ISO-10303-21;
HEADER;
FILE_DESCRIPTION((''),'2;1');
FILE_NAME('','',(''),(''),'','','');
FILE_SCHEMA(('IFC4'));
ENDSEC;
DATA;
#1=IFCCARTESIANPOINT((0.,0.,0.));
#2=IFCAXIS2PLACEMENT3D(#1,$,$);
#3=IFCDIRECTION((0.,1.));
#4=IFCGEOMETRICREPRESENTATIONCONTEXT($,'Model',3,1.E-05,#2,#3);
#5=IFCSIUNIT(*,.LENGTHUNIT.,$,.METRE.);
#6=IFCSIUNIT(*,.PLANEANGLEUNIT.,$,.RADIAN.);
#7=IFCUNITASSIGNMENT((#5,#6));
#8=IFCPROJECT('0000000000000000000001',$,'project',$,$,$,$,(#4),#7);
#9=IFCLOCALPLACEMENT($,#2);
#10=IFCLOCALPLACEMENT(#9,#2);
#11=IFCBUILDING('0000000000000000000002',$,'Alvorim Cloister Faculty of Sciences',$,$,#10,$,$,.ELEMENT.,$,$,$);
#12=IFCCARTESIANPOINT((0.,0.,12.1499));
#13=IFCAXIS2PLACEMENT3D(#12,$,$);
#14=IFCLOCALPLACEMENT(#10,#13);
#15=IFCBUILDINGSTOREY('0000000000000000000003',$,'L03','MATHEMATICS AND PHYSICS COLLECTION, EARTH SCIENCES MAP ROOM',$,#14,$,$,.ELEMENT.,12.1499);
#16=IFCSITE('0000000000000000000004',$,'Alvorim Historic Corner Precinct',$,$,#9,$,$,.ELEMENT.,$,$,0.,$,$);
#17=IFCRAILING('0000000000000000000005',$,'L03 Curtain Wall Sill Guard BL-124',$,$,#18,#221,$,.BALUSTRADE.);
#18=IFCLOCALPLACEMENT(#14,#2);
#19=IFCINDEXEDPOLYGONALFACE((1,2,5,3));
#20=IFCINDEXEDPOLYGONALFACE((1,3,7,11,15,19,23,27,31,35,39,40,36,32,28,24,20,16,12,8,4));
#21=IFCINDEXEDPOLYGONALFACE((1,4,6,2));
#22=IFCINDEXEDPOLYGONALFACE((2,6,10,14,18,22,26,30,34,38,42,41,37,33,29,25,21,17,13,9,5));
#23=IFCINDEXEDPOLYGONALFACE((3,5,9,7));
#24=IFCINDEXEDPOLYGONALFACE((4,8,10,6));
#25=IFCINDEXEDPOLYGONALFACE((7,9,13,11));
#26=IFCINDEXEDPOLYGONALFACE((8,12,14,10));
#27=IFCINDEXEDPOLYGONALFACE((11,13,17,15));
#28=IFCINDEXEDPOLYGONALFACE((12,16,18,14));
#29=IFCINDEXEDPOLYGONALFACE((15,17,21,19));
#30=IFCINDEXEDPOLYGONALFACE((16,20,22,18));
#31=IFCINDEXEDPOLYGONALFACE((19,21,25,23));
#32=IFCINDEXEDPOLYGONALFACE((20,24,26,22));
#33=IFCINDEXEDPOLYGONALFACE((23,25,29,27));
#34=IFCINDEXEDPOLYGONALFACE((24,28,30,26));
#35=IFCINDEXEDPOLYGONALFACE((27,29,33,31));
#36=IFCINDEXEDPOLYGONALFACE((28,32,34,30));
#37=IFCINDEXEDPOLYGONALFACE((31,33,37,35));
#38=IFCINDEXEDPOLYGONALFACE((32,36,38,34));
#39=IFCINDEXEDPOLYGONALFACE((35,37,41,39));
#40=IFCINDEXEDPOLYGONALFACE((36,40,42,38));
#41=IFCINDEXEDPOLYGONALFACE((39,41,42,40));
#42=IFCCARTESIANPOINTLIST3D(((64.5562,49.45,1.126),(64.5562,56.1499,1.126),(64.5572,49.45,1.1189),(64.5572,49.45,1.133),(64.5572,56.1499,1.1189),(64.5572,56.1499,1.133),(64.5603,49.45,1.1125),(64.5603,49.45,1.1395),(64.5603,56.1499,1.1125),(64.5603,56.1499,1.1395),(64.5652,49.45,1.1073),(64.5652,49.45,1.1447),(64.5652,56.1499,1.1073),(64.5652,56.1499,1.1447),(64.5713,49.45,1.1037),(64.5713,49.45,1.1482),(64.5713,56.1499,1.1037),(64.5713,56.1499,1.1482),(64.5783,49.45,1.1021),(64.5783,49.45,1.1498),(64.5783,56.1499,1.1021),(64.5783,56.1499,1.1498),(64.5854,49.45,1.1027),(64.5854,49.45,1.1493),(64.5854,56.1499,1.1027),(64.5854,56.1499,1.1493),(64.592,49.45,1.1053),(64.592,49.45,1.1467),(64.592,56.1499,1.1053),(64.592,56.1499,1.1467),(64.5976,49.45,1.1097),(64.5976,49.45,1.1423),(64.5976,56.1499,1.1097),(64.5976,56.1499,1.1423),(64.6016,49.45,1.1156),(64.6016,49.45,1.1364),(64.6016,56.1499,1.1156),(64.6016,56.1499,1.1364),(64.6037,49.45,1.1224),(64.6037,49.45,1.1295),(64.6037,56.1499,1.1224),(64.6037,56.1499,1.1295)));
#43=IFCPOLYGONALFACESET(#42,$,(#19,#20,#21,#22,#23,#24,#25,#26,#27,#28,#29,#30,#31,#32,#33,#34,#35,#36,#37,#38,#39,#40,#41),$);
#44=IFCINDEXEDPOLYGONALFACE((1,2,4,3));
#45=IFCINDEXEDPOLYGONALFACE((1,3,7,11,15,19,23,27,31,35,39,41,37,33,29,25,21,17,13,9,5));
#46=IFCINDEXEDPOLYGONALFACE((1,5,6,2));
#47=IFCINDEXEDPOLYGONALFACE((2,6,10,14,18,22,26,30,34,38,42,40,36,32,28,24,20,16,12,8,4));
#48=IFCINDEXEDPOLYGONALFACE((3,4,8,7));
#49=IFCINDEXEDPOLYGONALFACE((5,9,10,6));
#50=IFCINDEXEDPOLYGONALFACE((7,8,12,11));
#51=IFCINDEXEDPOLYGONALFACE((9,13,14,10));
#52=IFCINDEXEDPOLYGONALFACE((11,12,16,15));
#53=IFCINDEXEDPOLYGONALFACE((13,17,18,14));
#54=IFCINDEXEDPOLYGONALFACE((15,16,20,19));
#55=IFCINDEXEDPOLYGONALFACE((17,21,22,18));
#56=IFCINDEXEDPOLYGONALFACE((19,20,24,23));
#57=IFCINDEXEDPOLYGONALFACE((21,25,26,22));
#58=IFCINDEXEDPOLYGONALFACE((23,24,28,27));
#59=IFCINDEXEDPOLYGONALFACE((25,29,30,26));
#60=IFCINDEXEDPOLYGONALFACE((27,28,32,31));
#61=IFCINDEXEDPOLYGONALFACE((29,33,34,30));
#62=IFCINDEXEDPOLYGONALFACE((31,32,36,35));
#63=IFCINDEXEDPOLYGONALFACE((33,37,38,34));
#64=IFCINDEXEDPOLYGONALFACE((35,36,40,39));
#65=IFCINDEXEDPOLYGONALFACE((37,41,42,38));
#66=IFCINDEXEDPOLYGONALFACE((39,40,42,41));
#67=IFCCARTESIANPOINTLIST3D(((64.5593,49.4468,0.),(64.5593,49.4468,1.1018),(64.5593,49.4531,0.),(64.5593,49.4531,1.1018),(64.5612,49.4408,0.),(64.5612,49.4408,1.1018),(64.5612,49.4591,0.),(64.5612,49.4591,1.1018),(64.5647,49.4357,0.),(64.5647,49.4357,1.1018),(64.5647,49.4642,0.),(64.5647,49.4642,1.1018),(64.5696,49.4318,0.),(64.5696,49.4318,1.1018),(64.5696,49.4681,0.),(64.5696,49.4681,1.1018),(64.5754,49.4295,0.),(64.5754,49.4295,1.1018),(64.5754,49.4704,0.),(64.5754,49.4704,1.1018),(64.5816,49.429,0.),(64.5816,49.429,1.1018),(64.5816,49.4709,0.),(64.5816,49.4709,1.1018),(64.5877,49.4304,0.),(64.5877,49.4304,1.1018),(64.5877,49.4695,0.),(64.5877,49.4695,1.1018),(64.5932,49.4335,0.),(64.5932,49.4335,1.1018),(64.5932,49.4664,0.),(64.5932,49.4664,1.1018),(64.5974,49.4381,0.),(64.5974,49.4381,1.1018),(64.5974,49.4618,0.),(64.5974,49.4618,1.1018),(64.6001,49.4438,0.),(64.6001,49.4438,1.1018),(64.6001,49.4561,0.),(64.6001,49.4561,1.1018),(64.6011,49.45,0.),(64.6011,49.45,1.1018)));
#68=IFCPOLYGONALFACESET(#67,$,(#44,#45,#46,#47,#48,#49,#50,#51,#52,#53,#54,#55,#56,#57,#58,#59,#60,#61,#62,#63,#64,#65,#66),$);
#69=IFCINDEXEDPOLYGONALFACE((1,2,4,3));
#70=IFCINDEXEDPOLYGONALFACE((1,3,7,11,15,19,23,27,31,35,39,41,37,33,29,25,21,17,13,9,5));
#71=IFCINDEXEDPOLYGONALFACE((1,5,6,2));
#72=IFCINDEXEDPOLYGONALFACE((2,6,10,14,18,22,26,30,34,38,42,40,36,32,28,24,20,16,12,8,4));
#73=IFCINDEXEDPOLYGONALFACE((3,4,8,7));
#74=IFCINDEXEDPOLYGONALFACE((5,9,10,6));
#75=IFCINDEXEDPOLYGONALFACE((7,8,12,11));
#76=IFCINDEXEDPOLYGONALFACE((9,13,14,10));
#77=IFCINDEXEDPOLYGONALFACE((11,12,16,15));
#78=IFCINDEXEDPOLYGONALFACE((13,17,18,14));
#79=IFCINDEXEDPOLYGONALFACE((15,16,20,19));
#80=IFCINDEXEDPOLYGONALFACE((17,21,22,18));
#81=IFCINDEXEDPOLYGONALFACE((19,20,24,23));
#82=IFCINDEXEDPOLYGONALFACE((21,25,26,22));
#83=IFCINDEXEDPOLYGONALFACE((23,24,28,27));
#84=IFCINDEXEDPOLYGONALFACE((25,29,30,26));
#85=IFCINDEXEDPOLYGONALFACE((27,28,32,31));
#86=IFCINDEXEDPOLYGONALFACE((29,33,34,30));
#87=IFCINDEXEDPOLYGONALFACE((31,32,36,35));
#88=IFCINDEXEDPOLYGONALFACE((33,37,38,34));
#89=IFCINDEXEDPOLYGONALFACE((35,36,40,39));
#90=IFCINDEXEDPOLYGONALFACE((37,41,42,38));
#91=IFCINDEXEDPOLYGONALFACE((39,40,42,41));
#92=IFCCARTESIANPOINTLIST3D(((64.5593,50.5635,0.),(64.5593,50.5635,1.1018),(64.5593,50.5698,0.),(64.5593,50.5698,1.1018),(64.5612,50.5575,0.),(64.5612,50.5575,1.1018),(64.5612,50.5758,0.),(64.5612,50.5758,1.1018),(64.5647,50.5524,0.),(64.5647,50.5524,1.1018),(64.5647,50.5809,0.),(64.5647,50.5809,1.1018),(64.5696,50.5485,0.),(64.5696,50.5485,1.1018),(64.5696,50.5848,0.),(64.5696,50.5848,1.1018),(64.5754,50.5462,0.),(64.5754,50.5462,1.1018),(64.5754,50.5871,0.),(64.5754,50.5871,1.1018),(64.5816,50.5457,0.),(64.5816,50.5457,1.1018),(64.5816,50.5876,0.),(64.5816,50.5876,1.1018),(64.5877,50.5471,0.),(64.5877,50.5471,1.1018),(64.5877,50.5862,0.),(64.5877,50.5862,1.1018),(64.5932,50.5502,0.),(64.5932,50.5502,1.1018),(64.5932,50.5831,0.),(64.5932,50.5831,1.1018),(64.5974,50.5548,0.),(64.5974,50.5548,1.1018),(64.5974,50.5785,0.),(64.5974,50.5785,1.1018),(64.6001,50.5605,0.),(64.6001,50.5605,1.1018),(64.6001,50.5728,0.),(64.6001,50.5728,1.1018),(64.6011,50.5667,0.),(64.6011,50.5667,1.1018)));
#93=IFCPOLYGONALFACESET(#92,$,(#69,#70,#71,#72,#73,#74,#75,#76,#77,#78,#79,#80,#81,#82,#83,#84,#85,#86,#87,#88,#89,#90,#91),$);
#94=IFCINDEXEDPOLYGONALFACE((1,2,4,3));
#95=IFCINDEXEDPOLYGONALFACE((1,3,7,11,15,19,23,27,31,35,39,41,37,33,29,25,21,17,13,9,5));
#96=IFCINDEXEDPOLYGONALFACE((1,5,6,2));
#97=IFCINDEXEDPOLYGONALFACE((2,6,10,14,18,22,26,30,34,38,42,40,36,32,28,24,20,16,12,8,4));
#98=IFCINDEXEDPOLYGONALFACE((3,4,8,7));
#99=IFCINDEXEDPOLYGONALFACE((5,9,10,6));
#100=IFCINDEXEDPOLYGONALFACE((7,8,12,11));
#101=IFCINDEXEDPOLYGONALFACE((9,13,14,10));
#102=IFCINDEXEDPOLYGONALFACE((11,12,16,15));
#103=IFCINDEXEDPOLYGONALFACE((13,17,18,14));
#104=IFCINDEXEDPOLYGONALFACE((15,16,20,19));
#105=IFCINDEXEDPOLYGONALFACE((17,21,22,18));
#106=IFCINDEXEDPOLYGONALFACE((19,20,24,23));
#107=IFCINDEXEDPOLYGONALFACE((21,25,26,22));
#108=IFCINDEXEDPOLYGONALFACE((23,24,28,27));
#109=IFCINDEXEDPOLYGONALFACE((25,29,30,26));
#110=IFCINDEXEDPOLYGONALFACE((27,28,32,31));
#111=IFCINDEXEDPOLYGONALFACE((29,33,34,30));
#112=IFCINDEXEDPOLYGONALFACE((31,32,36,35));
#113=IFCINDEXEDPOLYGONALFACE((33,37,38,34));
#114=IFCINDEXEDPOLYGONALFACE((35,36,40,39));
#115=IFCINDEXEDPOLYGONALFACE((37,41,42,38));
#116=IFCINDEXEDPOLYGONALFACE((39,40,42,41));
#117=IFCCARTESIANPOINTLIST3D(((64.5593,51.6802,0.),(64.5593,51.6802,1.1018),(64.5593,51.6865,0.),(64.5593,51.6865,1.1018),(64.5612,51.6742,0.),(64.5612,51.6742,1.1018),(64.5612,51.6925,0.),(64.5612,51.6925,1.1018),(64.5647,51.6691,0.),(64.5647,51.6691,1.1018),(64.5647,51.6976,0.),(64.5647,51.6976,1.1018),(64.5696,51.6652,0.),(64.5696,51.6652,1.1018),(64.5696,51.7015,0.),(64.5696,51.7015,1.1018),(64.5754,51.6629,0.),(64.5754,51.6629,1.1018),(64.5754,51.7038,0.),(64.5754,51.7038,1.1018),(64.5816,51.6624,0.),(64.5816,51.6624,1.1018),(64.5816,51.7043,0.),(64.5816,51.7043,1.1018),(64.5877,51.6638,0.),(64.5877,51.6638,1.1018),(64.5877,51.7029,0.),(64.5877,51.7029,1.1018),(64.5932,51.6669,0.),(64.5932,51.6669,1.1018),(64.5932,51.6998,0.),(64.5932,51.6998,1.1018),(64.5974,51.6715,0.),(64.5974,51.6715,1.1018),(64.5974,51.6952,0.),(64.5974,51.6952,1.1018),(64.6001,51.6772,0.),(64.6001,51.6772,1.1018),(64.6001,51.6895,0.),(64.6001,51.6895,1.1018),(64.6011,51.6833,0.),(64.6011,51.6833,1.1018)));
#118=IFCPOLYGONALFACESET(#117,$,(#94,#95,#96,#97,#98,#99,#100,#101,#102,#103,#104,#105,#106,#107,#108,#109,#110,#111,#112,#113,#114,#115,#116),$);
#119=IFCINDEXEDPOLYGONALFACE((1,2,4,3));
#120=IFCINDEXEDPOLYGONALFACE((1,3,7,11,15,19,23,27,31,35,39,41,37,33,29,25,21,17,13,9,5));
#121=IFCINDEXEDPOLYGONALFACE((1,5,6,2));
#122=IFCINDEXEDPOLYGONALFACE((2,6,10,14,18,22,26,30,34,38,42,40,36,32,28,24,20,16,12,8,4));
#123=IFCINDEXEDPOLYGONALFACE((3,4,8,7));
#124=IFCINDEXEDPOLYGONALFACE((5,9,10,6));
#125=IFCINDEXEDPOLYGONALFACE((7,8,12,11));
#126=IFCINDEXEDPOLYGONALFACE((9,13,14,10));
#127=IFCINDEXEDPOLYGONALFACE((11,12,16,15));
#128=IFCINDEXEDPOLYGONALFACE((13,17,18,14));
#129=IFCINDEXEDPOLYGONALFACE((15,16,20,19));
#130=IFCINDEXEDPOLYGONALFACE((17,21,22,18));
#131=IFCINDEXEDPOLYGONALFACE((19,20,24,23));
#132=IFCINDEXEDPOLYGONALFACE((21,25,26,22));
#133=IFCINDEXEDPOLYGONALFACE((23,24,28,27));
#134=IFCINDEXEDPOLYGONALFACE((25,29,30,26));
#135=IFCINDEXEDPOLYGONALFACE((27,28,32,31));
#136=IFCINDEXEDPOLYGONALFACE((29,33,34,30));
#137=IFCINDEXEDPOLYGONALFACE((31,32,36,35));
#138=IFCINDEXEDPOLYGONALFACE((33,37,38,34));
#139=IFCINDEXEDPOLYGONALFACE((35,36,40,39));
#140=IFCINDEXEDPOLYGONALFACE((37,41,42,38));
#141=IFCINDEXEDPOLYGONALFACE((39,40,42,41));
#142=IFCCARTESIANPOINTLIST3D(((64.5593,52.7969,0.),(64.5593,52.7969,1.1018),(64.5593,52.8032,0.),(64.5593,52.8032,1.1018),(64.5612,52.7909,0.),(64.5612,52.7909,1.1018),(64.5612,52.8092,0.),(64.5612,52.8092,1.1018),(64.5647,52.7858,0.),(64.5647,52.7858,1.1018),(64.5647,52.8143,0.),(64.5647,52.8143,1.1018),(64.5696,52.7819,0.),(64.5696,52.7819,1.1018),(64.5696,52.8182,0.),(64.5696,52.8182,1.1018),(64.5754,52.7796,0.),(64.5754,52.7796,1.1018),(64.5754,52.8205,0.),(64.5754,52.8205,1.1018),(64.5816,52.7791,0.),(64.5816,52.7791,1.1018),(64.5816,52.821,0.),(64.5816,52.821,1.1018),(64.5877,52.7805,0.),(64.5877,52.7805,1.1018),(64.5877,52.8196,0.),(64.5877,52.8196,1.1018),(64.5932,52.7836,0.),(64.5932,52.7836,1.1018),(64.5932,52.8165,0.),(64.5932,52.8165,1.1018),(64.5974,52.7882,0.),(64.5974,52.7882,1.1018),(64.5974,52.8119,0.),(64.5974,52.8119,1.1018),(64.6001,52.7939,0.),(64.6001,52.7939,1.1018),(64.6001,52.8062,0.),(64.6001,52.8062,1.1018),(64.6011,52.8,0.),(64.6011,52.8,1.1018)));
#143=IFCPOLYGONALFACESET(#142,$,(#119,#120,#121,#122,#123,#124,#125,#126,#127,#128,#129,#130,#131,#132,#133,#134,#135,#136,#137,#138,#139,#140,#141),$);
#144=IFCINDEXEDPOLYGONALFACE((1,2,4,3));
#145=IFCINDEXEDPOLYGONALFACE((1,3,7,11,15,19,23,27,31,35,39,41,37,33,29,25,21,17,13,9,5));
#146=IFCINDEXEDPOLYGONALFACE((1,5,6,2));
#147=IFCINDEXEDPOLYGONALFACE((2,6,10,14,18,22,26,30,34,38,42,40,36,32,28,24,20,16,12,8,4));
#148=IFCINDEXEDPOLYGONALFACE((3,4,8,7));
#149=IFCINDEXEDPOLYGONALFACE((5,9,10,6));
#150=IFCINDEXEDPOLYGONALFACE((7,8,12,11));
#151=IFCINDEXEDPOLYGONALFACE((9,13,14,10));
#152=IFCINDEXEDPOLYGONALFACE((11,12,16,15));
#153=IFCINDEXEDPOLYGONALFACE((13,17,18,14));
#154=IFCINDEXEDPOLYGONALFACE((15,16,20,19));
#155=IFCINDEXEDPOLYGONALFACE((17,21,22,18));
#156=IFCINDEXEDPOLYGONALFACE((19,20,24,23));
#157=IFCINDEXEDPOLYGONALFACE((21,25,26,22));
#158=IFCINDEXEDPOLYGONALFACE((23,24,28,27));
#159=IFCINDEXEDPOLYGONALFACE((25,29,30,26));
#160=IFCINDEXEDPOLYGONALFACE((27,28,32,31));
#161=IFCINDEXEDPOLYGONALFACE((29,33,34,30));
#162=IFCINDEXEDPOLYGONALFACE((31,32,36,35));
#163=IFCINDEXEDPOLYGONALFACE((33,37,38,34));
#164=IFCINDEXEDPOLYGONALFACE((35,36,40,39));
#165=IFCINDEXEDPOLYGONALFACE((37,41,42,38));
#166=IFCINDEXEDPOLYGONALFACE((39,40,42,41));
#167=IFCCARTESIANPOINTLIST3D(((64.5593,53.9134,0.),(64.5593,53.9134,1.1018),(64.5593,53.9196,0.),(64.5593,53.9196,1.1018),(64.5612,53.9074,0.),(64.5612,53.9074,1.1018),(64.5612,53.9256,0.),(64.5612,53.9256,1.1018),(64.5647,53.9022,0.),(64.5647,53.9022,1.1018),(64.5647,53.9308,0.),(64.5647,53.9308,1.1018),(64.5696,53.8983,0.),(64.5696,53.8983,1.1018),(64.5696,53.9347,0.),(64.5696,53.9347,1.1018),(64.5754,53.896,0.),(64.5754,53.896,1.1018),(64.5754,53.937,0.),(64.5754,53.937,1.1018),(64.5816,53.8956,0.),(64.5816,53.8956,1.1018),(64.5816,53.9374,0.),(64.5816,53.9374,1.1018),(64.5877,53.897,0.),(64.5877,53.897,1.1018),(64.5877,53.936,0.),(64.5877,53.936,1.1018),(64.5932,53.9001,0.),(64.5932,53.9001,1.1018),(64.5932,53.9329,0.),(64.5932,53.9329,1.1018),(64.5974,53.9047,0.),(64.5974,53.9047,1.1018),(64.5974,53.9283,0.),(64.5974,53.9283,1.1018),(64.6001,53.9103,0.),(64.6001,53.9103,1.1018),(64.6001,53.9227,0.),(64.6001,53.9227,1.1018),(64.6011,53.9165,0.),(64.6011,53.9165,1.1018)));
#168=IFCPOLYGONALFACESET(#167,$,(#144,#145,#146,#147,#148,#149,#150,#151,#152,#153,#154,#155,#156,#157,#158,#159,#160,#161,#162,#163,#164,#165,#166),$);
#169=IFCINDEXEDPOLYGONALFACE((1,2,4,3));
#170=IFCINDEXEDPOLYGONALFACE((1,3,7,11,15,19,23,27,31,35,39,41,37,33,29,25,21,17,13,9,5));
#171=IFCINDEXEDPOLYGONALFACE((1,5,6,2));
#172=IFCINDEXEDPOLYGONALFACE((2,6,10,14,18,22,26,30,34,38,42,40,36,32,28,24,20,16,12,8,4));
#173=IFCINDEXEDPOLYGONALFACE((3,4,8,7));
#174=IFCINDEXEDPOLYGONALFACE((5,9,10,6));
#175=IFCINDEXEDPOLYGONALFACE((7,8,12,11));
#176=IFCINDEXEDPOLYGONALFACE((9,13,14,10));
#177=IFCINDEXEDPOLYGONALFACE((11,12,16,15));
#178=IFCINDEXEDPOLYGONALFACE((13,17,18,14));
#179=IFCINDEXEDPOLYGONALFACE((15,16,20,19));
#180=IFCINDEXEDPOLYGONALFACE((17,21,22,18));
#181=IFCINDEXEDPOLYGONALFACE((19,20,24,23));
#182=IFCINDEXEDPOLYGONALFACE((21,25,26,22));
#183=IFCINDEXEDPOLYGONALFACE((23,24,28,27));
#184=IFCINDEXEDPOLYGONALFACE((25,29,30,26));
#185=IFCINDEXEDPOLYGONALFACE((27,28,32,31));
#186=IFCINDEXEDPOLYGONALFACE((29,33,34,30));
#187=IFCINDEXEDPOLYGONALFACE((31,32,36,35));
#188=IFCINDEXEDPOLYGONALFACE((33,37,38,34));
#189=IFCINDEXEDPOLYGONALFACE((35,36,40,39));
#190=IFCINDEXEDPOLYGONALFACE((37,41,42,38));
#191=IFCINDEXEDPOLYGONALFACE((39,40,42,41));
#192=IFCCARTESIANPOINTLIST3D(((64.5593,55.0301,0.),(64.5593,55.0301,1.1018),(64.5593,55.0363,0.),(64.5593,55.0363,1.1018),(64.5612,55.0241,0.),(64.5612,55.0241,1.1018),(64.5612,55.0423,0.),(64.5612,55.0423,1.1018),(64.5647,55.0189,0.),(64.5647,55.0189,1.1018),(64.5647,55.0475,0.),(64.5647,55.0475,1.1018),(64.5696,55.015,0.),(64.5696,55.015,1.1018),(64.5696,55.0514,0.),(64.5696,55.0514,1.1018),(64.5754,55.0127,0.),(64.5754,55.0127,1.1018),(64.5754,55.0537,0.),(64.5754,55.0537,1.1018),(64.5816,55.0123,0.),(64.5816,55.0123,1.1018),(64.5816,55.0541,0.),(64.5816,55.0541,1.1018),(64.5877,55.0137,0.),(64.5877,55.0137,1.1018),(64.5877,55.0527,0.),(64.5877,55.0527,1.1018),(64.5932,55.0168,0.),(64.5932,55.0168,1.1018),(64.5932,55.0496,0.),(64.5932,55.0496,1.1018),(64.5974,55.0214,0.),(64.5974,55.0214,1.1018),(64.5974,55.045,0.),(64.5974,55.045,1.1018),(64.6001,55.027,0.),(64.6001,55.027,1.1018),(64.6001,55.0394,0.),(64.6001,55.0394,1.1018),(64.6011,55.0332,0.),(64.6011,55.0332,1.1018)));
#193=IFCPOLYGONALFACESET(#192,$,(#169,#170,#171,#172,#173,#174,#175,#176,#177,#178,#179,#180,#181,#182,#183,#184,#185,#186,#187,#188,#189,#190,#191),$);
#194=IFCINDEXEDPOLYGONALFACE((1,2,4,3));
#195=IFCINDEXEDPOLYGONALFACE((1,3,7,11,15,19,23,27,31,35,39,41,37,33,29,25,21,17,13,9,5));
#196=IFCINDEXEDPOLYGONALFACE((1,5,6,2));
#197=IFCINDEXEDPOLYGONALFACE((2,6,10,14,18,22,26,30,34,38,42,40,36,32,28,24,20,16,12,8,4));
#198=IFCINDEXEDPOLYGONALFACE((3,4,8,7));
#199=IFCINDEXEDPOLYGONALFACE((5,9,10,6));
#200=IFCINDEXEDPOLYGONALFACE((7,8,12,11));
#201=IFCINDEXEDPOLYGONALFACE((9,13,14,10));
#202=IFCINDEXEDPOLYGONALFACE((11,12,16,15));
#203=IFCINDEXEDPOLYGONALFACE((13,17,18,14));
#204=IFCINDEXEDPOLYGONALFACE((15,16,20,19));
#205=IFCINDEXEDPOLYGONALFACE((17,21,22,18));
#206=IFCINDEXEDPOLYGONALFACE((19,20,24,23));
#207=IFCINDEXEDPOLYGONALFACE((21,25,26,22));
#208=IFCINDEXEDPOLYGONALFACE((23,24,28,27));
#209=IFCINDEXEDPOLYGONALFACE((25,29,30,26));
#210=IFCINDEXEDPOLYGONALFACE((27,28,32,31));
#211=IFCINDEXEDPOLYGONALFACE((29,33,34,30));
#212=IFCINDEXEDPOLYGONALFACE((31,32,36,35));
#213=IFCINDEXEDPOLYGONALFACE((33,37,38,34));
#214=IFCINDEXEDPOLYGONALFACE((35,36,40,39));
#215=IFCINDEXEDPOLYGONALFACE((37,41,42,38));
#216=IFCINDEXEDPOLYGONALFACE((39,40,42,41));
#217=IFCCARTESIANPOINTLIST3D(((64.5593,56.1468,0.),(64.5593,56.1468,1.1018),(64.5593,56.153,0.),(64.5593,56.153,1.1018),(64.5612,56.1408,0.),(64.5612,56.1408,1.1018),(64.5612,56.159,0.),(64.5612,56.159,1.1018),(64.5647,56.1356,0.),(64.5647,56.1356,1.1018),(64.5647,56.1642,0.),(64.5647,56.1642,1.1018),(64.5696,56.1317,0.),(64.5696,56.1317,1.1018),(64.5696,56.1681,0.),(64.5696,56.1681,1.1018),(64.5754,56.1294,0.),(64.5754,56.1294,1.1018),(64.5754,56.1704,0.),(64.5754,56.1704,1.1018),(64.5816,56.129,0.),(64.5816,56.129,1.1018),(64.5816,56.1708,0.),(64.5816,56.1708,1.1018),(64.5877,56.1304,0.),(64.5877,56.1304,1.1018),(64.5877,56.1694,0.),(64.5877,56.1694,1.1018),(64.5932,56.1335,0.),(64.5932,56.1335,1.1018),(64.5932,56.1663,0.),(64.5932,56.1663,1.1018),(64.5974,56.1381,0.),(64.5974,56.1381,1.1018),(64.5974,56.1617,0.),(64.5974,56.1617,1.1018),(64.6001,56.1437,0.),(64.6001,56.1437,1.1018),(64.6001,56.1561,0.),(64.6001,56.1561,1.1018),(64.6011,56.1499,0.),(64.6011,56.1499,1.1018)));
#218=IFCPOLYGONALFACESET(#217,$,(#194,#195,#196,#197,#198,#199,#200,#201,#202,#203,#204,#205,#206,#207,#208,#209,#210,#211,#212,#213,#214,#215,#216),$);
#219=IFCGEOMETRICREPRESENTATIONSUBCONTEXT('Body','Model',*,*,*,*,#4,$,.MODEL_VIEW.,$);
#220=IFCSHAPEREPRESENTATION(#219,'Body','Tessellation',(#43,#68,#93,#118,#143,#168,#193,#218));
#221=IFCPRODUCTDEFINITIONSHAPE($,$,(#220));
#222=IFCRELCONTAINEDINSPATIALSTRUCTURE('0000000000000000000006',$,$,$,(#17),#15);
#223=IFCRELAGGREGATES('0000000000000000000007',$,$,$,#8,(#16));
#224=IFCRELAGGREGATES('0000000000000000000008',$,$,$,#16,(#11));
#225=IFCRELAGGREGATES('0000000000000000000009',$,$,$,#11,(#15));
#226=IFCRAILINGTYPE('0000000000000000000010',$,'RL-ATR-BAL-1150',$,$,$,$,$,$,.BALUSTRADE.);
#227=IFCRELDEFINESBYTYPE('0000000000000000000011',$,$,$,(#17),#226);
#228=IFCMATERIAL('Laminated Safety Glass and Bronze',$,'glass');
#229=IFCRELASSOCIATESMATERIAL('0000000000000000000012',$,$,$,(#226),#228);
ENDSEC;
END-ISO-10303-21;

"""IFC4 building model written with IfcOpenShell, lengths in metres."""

from ifc_helpers import new_model, si_unit, direction, frame, origin, origin_2d, place, context, subcontext, project, spatial, circle, extrude, material, type_object, element, save


model = new_model("IFC4")

# Units and contexts
model_context = context("Model", 3, precision=1e-05, world=origin(), true_north=direction((0.0, 1.0)))
body_context = subcontext(model_context, "Body", "Model", "MODEL_VIEW")
ifc_project = project(units=[si_unit("LENGTHUNIT", "METRE"), si_unit("PLANEANGLEUNIT", "RADIAN")], contexts=[model_context])

# Site, building, storey
site_placement = place(None, origin())
site = spatial("IfcSite", under=ifc_project, at=site_placement, Name="Alvorim Historic Corner Precinct", CompositionType="ELEMENT", RefElevation=0.0)
building_placement = place(site_placement, origin())
building = spatial("IfcBuilding", under=site, at=building_placement, Name="Alvorim Cloister Faculty of Sciences", CompositionType="ELEMENT")
storey_placement = place(building_placement, frame((0.0, 0.0, 12.1499)))
storey = spatial("IfcBuildingStorey", under=building, at=storey_placement, Name="L03", Description="MATHEMATICS AND PHYSICS COLLECTION, EARTH SCIENCES MAP ROOM", CompositionType="ELEMENT", Elevation=12.1499)

# Railing
ifc_material_1 = material(Name="Laminated Safety Glass and Bronze", Category="glass")
railing_type = type_object("IfcRailingType", Name="RL-ATR-BAL-1150", PredefinedType="BALUSTRADE", material=ifc_material_1)
railing_placement = place(storey_placement, frame((64.5801, 49.45, 0.0)))
element("IfcRailing", 1, at=railing_placement, inside=storey, type_object=railing_type, Name="L03 Curtain Wall Sill Guard BL-124", PredefinedType="BALUSTRADE", context=body_context, shape_type="SweptSolid", body=[
    extrude(circle(Radius=0.0239, at=origin_2d()), frame((0.0, 0.0, 1.126), z_axis=(0.0, 1.0, 0.0), x_axis=(-1.0, 0.0, 0.0)), (0.0, 0.0, 1.0), 6.7),
    extrude(circle(Radius=0.021, at=origin_2d()), origin(), (0.0, 0.0, 1.0), 1.1018),
    extrude(circle(Radius=0.021, at=origin_2d()), frame((0.0, 1.1167, 0.0)), (0.0, 0.0, 1.0), 1.1018),
    extrude(circle(Radius=0.021, at=origin_2d()), frame((0.0, 2.2334, 0.0)), (0.0, 0.0, 1.0), 1.1018),
    extrude(circle(Radius=0.021, at=origin_2d()), frame((0.0, 3.3501, 0.0)), (0.0, 0.0, 1.0), 1.1018),
    extrude(circle(Radius=0.021, at=origin_2d()), frame((0.0, 4.4666, 0.0)), (0.0, 0.0, 1.0), 1.1018),
    extrude(circle(Radius=0.021, at=origin_2d()), frame((0.0, 5.5833, 0.0)), (0.0, 0.0, 1.0), 1.1018),
    extrude(circle(Radius=0.021, at=origin_2d()), frame((0.0, 6.7, 0.0)), (0.0, 0.0, 1.0), 1.1018),
])

save(model, "model.ifc")
